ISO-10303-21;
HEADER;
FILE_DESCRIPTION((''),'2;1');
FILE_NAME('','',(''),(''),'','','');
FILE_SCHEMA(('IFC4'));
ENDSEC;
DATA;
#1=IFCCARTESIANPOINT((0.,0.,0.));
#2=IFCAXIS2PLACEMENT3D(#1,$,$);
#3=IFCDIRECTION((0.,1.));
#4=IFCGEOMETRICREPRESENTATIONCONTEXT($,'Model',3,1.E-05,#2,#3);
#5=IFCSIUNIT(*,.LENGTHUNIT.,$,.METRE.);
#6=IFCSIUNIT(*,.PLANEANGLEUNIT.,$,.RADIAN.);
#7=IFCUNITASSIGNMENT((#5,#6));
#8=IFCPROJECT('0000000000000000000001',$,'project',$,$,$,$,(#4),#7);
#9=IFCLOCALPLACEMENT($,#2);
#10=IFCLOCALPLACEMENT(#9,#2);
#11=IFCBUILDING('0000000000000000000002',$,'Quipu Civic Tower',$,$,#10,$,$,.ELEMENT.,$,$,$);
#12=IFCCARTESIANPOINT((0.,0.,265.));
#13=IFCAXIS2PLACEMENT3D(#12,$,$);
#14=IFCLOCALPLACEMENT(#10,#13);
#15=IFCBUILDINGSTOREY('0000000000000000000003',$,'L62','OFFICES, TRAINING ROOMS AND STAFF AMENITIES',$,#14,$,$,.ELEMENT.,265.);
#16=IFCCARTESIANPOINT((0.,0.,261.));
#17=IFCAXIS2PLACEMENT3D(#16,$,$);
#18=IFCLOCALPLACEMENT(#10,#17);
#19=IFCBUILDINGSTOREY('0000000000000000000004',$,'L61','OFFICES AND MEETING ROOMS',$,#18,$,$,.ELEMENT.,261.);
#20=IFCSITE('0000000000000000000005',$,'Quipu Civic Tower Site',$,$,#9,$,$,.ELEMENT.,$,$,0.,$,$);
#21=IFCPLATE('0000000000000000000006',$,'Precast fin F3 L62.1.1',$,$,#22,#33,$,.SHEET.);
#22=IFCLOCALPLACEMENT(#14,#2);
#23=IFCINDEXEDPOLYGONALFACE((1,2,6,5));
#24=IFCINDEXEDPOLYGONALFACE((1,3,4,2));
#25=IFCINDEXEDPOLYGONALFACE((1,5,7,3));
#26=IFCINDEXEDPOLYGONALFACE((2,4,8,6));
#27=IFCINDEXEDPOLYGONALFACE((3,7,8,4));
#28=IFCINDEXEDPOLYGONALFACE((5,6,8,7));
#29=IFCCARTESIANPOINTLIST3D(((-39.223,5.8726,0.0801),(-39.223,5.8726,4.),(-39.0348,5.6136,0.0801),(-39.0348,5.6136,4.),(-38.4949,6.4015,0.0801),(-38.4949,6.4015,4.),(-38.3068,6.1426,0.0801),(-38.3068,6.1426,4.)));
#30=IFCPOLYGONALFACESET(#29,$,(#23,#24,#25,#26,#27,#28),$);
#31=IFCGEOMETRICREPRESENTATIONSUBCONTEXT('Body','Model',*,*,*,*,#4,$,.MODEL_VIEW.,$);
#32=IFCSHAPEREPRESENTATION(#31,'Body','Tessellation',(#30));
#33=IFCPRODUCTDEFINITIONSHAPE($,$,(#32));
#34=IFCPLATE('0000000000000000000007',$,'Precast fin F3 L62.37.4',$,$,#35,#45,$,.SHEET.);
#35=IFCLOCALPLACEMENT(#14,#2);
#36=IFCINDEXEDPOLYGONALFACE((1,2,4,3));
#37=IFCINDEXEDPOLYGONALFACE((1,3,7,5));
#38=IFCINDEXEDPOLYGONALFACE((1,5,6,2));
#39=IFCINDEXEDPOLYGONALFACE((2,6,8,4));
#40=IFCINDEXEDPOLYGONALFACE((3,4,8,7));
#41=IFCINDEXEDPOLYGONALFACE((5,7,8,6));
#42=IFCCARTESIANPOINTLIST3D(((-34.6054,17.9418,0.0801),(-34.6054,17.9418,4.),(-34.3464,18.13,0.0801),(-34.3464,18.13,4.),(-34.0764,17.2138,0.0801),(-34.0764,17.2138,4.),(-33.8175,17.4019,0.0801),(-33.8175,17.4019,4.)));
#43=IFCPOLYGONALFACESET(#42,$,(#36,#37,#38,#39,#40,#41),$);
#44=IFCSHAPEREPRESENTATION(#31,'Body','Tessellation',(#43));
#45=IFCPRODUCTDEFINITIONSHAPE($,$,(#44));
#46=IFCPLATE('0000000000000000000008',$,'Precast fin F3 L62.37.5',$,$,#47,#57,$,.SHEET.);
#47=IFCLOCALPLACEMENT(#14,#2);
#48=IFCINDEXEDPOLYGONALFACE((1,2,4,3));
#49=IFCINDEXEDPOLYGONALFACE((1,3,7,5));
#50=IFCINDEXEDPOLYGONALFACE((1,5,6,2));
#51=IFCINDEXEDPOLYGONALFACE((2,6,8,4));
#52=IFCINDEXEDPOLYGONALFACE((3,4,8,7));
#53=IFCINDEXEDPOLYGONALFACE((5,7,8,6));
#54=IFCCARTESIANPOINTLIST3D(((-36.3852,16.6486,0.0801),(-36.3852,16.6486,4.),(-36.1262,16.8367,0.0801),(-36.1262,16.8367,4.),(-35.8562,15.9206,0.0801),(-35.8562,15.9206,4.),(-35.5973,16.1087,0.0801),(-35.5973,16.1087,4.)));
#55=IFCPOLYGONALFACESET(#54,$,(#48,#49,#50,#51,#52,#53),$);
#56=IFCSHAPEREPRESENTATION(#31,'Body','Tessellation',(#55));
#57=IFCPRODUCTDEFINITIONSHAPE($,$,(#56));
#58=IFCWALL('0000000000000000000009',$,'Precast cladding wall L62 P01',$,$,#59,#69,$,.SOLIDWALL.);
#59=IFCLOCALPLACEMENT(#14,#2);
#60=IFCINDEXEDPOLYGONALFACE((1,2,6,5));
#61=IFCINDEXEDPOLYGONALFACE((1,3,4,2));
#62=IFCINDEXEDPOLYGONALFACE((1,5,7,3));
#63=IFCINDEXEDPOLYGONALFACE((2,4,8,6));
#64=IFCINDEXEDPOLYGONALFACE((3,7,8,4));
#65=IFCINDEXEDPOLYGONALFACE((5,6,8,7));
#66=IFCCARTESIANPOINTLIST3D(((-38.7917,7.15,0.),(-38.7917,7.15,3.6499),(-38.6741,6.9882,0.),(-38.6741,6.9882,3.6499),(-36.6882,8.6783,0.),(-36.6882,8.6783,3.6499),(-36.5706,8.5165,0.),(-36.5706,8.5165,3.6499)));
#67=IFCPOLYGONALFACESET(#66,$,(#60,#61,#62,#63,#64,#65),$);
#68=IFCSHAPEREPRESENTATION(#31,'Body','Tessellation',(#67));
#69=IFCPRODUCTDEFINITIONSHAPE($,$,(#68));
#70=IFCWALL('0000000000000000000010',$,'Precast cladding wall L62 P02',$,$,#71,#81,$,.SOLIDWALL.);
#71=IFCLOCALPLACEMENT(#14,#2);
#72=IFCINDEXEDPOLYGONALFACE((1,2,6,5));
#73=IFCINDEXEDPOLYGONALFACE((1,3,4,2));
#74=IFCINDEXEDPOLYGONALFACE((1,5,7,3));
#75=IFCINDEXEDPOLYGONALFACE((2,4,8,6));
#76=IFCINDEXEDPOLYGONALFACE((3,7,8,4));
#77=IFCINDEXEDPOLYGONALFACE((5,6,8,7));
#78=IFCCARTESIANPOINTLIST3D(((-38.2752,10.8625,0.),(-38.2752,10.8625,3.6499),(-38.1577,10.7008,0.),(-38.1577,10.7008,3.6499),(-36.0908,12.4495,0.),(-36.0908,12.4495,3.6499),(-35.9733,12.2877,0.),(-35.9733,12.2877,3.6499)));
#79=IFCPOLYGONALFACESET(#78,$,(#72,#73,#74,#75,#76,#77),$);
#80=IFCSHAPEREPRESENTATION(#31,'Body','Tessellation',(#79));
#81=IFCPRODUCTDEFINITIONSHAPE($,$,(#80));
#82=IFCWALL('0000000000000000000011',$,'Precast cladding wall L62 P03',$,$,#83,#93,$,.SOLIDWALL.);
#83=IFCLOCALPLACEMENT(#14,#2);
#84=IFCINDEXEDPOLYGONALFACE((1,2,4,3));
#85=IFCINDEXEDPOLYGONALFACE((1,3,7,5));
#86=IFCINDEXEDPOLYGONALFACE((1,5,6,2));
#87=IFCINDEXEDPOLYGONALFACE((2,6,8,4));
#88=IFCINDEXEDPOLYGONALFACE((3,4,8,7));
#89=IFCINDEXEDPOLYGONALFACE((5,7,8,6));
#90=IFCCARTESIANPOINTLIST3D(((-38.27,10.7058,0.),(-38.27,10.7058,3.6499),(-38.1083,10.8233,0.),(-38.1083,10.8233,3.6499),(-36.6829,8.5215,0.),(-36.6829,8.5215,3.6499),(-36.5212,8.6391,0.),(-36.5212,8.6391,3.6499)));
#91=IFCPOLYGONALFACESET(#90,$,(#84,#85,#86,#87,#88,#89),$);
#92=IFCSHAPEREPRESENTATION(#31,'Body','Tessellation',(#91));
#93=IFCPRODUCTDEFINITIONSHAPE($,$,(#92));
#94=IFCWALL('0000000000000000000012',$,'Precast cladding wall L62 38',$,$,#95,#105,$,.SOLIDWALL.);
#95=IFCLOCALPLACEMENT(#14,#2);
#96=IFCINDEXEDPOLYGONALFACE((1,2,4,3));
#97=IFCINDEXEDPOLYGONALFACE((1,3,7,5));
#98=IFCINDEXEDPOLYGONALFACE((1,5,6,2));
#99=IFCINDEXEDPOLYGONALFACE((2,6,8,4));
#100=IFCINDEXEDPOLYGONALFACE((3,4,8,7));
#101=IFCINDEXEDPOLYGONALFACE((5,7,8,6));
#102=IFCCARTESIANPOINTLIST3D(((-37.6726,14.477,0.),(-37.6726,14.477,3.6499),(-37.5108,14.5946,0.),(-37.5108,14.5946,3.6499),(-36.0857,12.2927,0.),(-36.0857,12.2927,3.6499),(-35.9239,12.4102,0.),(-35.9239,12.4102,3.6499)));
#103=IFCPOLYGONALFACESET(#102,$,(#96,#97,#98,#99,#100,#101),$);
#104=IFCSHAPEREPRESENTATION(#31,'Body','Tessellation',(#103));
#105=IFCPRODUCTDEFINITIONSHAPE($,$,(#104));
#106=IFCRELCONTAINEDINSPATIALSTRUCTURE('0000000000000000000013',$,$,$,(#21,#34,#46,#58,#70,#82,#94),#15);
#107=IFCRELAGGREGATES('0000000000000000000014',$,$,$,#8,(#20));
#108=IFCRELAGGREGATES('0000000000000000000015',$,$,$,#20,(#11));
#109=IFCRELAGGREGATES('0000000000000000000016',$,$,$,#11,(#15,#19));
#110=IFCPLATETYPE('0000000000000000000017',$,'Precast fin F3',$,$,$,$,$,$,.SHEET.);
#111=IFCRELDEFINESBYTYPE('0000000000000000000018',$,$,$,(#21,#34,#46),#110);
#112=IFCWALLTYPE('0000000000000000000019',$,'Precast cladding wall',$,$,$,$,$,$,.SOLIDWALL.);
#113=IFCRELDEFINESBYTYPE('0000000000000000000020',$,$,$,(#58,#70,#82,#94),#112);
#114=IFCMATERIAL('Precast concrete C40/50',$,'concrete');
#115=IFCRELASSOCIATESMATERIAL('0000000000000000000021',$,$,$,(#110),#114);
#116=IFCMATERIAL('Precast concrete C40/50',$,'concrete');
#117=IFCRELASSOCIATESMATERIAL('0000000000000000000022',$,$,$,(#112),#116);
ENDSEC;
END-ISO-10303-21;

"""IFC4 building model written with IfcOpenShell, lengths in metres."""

from ifc_helpers import new_model, si_unit, direction, frame, frame_2d, origin, origin_2d, place, context, subcontext, project, spatial, rectangle, extrude, material, type_object, element, save


model = new_model("IFC4")

# Units and contexts
model_context = context("Model", 3, precision=1e-05, world=origin(), true_north=direction((0.0, 1.0)))
body_context = subcontext(model_context, "Body", "Model", "MODEL_VIEW")
ifc_project = project(units=[si_unit("LENGTHUNIT", "METRE"), si_unit("PLANEANGLEUNIT", "RADIAN")], contexts=[model_context])

# Site, building, storey
site_placement = place(None, origin())
site = spatial("IfcSite", under=ifc_project, at=site_placement, Name="Quipu Civic Tower Site", CompositionType="ELEMENT", RefElevation=0.0)
building_placement = place(site_placement, origin())
building = spatial("IfcBuilding", under=site, at=building_placement, Name="Quipu Civic Tower", CompositionType="ELEMENT")
storey_1_placement = place(building_placement, frame((0.0, 0.0, 265.0)))
storey_1 = spatial("IfcBuildingStorey", under=building, at=storey_1_placement, Name="L62", Description="OFFICES, TRAINING ROOMS AND STAFF AMENITIES", CompositionType="ELEMENT", Elevation=265.0)

# Shared definitions
storey_2_placement = place(building_placement, frame((0.0, 0.0, 261.0)))
storey_2 = spatial("IfcBuildingStorey", under=building, at=storey_2_placement, Name="L61", Description="OFFICES AND MEETING ROOMS", CompositionType="ELEMENT", Elevation=261.0)

# Plates
ifc_material_1 = material(Name="Precast concrete C40/50", Category="concrete")
plate_type = type_object("IfcPlateType", Name="Precast fin F3", PredefinedType="SHEET", material=ifc_material_1)
for number, where, z_axis, x_axis, name in (
    (1, (-38.7649, 6.0076, 0.0801), (0.0, 0.0, 1.0), (0.587788, -0.809015, 0.0), "Precast fin F3 L62.1.1"),
    (2, (-34.2114, 17.6719, 0.0801), (0.0, 0.0, 1.0), (-0.809017, -0.587785, 0.0), "Precast fin F3 L62.37.4"),
    (3, (-35.9912, 16.3787, 0.0801), (0.0, 0.0, 1.0), (-0.809017, -0.587785, 0.0), "Precast fin F3 L62.37.5"),
):
    element("IfcPlate", number, at=place(storey_1_placement, frame(where, z_axis=z_axis, x_axis=x_axis)), inside=storey_1, type_object=plate_type, Name=name, PredefinedType="SHEET", context=body_context, shape_type="SweptSolid", body=[
        extrude(rectangle(XDim=0.3201, YDim=0.8999, at=origin_2d()), origin(), (0.0, 0.0, 1.0), 3.9199),
    ])

# Walls
ifc_material_2 = material(Name="Precast concrete C40/50", Category="concrete")
wall_type = type_object("IfcWallType", Name="Precast cladding wall", PredefinedType="SOLIDWALL", material=ifc_material_2)
wall_placement = place(storey_1_placement, frame((-36.6294, 8.5974, 0.0), z_axis=(0.0, 0.0, 1.0), x_axis=(-0.809012, -0.587792, 0.0)))
element("IfcWall", 4, at=wall_placement, inside=storey_1, type_object=wall_type, Name="Precast cladding wall L62 P01", PredefinedType="SOLIDWALL", context=body_context, shape_type="SweptSolid", body=[
    extrude(rectangle(XDim=2.6001, YDim=0.2, at=frame_2d((1.3, 0.0))), origin(), (0.0, 0.0, 1.0), 3.6499),
])
for number, where, z_axis, x_axis, name in (
    (5, (-36.032, 12.3687, 0.0), (0.0, 0.0, 1.0), (-0.809033, -0.587763, 0.0), "Precast cladding wall L62 P02"),
    (6, (-38.1892, 10.7646, 0.0), (0.0, 0.0, 1.0), (0.587822, -0.80899, 0.0), "Precast cladding wall L62 P03"),
    (7, (-37.5918, 14.5359, 0.0), (0.0, 0.0, 1.0), (0.587763, -0.809033, 0.0), "Precast cladding wall L62 38"),
):
    element("IfcWall", number, at=place(storey_1_placement, frame(where, z_axis=z_axis, x_axis=x_axis)), inside=storey_1, type_object=wall_type, Name=name, PredefinedType="SOLIDWALL", context=body_context, shape_type="SweptSolid", body=[
        extrude(rectangle(XDim=2.7, YDim=0.2, at=frame_2d((1.3501, 0.0))), origin(), (0.0, 0.0, 1.0), 3.6499),
    ])

save(model, "model.ifc")
